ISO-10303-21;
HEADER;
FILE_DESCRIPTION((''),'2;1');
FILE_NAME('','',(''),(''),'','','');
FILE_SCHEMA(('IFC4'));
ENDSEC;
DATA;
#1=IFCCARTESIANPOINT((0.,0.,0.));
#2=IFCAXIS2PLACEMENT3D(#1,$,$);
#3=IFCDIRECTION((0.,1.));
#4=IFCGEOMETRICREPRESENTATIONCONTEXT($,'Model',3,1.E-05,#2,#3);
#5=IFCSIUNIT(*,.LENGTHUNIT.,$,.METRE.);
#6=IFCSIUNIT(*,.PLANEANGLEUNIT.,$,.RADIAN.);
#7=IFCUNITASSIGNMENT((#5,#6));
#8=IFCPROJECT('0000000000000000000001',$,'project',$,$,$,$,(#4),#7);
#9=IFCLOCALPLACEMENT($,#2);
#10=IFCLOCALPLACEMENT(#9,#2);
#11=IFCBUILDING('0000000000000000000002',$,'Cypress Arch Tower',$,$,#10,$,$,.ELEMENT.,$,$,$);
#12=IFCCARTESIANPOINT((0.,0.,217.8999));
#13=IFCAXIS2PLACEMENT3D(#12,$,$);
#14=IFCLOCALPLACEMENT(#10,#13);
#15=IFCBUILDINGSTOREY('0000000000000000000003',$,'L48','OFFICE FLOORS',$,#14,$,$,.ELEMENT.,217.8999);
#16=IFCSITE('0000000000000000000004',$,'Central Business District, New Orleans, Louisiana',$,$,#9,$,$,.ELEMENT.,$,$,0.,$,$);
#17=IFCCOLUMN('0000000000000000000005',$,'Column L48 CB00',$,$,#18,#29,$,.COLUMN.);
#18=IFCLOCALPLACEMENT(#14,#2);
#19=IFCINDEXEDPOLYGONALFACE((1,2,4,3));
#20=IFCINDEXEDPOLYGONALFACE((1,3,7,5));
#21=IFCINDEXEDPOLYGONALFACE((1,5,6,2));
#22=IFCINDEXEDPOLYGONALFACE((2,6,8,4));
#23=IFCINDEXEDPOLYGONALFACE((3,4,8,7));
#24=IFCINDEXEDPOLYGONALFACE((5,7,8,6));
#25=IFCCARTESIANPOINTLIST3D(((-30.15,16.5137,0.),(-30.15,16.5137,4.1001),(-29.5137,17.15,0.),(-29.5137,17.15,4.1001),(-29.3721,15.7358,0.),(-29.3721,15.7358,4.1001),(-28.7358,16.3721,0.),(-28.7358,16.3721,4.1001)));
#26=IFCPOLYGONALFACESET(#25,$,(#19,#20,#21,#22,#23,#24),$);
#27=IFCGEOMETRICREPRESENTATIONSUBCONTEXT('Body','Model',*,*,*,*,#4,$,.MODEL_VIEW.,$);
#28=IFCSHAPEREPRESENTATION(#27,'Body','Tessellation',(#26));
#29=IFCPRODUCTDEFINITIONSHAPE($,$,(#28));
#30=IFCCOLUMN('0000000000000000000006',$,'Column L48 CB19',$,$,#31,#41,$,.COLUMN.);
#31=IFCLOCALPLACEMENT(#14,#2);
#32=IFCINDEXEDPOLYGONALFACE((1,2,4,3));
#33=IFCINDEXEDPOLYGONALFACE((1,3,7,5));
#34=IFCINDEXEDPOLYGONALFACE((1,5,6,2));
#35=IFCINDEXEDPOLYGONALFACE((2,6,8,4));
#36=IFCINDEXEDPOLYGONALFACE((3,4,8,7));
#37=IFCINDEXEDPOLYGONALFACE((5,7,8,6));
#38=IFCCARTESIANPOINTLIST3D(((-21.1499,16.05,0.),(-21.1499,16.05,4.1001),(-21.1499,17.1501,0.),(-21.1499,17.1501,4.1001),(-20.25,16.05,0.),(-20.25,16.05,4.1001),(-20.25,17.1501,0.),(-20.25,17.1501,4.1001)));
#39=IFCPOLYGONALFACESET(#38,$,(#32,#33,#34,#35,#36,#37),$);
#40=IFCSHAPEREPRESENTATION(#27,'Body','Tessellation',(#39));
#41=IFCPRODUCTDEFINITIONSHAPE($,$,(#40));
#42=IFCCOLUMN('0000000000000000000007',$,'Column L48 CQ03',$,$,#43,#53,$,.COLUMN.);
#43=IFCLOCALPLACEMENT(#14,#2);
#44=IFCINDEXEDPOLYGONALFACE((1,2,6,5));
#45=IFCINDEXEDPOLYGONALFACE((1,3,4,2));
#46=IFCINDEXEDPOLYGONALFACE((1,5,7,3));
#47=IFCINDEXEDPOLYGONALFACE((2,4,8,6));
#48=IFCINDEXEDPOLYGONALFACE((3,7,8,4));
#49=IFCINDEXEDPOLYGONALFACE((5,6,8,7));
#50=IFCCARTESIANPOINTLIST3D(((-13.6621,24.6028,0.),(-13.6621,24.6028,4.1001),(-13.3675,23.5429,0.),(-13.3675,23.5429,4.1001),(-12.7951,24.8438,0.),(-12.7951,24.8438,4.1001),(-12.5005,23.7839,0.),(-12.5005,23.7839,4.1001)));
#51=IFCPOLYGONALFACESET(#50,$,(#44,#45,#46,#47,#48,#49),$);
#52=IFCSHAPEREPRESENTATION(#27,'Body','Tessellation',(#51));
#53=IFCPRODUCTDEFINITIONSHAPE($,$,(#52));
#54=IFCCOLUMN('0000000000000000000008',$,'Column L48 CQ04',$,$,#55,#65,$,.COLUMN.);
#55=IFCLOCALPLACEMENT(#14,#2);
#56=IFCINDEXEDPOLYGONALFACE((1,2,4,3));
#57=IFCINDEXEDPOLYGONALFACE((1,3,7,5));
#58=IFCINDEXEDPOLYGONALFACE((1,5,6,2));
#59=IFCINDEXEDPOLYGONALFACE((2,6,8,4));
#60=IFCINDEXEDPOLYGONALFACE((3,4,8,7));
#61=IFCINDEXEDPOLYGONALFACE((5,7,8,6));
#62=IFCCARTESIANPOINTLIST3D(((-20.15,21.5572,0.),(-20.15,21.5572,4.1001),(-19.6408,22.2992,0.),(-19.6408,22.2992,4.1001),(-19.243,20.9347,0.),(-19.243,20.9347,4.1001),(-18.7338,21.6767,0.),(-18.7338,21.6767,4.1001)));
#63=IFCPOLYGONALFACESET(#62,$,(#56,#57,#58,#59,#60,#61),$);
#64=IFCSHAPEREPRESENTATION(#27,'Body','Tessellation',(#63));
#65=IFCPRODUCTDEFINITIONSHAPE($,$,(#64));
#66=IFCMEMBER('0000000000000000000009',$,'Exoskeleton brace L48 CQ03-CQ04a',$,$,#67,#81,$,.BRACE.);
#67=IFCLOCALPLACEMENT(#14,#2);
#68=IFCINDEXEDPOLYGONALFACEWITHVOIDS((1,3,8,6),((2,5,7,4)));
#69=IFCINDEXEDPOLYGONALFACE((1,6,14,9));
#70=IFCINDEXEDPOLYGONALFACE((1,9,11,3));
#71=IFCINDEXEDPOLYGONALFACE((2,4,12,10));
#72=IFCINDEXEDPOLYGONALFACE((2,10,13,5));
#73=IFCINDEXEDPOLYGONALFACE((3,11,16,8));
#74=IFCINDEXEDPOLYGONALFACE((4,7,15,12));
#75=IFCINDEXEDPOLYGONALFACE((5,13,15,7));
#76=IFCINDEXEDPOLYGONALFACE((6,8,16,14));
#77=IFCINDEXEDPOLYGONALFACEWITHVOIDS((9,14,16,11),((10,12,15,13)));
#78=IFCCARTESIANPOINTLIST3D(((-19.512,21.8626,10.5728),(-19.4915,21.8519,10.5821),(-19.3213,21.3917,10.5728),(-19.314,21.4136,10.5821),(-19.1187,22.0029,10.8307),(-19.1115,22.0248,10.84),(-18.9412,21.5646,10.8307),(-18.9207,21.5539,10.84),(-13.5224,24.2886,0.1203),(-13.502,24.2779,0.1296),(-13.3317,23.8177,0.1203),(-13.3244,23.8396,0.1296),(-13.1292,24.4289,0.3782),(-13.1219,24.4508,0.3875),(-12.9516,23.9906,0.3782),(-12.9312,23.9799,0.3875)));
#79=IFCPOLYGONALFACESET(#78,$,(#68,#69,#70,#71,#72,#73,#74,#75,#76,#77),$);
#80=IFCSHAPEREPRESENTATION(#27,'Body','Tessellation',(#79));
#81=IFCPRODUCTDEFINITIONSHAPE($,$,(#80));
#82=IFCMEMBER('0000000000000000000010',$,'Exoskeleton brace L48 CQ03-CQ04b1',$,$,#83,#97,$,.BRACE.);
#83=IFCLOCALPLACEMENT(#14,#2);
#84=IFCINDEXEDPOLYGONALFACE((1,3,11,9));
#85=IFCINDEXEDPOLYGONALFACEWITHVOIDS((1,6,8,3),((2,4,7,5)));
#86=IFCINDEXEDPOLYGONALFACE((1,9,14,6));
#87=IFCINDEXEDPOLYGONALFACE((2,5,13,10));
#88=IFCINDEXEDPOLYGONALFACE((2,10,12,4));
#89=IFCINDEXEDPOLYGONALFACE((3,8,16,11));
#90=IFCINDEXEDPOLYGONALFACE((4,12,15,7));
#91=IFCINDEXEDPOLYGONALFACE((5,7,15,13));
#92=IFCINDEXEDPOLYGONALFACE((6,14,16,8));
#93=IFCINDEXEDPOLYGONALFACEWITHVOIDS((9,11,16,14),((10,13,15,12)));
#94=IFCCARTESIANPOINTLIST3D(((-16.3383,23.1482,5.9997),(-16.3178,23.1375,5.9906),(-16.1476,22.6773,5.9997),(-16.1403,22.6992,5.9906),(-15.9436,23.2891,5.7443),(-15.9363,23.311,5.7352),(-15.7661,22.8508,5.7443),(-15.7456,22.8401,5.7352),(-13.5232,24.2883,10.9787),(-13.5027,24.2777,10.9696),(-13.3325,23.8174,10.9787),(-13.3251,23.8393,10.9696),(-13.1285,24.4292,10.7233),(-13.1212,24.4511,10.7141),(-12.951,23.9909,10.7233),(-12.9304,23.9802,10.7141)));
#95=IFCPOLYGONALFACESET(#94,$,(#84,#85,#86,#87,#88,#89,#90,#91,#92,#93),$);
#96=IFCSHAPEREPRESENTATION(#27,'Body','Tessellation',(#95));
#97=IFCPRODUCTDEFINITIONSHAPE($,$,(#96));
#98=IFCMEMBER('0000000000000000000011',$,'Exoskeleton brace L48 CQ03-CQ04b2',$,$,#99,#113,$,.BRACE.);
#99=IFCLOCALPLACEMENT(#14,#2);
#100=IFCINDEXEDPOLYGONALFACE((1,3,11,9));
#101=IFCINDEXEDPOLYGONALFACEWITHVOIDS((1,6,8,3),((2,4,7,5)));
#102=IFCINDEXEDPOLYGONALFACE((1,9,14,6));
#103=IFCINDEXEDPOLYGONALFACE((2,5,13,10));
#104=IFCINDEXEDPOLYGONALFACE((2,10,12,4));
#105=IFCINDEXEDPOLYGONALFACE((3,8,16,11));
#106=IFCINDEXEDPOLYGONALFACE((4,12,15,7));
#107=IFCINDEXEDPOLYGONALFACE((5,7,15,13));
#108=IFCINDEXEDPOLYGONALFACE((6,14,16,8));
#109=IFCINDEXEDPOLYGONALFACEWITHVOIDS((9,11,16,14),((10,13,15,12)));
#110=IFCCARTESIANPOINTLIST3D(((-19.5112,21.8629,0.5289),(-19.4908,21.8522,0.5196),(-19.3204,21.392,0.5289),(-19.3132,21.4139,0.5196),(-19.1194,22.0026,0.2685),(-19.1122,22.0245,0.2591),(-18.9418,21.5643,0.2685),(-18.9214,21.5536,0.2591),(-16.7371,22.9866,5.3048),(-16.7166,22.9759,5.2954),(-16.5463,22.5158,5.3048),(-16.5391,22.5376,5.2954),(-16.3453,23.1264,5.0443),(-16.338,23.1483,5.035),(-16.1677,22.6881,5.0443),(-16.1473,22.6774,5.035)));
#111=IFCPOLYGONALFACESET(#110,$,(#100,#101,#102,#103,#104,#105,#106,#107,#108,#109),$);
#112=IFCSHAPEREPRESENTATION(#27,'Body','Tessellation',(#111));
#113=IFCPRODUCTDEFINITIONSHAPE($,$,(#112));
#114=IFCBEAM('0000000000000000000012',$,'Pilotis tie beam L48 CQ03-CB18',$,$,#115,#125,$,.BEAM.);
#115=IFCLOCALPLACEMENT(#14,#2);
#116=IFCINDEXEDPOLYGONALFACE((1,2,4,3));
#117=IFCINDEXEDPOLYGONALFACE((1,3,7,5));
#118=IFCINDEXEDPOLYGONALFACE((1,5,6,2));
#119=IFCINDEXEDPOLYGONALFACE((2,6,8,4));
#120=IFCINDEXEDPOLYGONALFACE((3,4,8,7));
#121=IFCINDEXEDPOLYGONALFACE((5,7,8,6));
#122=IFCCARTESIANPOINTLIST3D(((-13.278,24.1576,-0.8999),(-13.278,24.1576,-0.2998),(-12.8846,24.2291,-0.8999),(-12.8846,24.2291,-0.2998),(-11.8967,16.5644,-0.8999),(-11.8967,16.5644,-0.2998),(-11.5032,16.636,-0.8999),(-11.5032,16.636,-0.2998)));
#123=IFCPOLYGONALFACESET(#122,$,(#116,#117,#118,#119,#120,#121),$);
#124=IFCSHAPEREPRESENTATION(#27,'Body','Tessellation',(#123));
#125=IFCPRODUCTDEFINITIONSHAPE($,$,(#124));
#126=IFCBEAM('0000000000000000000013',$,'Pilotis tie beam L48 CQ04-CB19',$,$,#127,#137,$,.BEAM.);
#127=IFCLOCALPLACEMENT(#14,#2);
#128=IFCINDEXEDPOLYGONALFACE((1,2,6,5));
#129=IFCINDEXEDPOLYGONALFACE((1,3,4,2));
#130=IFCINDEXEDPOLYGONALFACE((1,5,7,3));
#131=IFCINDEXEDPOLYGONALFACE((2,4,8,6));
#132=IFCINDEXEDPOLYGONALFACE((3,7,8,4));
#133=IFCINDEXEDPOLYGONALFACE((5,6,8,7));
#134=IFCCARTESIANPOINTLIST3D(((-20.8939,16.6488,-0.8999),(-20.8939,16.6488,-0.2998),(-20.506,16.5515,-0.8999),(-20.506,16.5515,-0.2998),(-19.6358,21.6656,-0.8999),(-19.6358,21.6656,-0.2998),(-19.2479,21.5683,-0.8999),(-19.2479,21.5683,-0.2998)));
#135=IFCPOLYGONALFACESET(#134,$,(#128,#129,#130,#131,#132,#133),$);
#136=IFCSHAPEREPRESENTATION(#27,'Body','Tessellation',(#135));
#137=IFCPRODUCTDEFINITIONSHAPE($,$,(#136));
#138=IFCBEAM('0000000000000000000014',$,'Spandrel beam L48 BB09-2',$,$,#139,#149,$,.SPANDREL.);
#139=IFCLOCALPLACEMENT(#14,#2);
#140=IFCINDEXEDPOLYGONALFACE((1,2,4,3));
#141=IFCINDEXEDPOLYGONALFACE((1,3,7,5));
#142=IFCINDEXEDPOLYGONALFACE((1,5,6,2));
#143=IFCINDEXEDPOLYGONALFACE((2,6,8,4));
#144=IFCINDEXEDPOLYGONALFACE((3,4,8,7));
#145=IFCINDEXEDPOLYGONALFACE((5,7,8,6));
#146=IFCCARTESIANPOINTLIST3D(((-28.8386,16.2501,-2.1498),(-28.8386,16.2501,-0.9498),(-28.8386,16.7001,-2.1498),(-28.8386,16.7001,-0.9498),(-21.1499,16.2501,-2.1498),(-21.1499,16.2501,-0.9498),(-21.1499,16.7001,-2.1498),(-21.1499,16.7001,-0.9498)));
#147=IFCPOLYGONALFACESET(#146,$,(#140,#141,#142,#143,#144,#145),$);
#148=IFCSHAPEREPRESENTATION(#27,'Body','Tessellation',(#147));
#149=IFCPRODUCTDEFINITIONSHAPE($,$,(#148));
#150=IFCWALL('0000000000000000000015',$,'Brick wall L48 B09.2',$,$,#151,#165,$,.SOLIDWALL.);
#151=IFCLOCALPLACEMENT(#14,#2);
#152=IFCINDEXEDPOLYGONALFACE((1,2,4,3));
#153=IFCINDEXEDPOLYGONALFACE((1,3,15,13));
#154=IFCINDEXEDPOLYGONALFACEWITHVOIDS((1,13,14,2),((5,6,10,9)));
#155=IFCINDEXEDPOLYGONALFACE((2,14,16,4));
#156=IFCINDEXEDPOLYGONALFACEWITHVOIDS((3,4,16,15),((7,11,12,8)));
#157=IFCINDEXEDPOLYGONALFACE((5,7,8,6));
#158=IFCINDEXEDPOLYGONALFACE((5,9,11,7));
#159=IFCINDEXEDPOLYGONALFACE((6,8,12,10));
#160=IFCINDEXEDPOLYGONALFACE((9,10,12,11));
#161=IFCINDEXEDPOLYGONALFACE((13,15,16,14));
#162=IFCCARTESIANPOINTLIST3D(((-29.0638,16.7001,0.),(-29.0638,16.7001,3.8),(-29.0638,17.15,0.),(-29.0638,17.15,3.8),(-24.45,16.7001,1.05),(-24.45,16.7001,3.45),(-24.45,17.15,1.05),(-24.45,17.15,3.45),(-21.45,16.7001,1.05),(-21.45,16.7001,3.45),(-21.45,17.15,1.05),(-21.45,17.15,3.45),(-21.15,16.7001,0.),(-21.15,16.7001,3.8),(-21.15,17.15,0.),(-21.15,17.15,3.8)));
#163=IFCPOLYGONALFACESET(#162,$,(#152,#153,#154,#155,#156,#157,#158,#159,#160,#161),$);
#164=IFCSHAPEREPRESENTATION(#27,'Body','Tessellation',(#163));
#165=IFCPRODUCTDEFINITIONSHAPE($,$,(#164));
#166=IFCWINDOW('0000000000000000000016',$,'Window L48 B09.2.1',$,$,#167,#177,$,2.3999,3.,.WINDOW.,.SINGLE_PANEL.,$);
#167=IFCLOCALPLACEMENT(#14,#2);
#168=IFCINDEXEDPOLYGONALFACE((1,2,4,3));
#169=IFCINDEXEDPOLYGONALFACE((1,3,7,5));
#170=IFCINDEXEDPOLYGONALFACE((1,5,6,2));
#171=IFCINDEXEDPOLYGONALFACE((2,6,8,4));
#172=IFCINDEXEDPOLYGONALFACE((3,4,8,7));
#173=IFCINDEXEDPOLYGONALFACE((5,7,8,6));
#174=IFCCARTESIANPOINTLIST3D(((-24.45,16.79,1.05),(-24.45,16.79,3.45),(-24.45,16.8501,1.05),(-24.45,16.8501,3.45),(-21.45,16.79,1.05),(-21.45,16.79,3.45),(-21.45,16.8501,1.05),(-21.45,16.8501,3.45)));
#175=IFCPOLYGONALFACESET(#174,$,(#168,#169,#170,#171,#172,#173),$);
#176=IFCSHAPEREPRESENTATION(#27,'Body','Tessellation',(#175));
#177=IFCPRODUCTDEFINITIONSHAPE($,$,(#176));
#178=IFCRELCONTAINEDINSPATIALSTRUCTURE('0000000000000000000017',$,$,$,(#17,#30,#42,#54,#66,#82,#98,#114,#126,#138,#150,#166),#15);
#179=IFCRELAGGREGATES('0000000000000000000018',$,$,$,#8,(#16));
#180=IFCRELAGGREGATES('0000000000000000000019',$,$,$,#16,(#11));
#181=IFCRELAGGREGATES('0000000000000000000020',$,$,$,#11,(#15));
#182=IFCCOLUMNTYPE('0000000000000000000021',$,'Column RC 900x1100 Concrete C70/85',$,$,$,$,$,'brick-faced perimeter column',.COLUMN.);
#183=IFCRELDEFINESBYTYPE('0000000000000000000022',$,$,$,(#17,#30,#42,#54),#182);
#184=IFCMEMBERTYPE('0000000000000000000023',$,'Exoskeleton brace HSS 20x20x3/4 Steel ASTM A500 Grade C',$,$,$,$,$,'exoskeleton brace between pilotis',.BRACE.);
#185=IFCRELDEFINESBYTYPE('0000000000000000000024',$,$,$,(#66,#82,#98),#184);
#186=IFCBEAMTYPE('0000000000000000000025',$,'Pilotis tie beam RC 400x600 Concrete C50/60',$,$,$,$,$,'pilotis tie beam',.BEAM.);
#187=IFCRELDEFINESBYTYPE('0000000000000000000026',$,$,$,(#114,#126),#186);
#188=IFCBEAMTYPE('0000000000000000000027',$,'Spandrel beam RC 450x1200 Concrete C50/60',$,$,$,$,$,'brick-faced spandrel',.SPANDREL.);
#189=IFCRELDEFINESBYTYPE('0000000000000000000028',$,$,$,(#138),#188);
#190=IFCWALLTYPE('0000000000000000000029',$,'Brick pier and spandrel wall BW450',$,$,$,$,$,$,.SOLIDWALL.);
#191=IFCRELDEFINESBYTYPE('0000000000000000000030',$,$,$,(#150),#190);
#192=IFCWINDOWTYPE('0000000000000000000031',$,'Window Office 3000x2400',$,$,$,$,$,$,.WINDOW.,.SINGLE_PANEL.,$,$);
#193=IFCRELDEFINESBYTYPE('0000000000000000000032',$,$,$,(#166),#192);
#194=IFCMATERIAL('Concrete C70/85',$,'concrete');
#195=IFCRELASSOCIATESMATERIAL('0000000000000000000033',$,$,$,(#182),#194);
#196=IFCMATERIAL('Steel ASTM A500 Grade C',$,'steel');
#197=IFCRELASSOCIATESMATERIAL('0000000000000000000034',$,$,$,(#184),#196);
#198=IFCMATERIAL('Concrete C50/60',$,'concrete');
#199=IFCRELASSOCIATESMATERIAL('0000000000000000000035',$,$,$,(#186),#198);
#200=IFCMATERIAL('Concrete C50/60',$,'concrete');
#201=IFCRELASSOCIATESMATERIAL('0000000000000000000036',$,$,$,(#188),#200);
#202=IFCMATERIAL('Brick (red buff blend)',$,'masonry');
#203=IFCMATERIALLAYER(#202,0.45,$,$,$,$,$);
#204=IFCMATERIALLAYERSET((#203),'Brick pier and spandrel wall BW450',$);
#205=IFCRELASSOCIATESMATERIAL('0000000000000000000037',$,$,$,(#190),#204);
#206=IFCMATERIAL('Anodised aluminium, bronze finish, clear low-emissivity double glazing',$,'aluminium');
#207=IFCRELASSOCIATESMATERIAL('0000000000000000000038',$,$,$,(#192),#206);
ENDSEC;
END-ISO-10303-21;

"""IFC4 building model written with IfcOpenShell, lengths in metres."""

from ifc_helpers import new_model, si_unit, direction, frame, frame_2d, origin, origin_2d, place, context, subcontext, project, spatial, rectangle, hollow_rectangle, extrude, material, layer, layer_set, material_profile, profile_set, type_object, element, fill, save


model = new_model("IFC4")

# Units and contexts
model_context = context("Model", 3, precision=1e-05, world=origin(), true_north=direction((0.0, 1.0)))
body_context = subcontext(model_context, "Body", "Model", "MODEL_VIEW")
ifc_project = project(units=[si_unit("LENGTHUNIT", "METRE"), si_unit("PLANEANGLEUNIT", "RADIAN")], contexts=[model_context])

# Site, building, storey
site_placement = place(None, origin())
site = spatial("IfcSite", under=ifc_project, at=site_placement, Name="Central Business District, New Orleans, Louisiana", CompositionType="ELEMENT", RefElevation=0.0)
building_placement = place(site_placement, origin())
building = spatial("IfcBuilding", under=site, at=building_placement, Name="Cypress Arch Tower", CompositionType="ELEMENT")
storey_placement = place(building_placement, frame((0.0, 0.0, 217.8999)))
storey = spatial("IfcBuildingStorey", under=building, at=storey_placement, Name="L48", Description="OFFICE FLOORS", CompositionType="ELEMENT", Elevation=217.8999)

# Columns
ifc_material_1 = material(Name="Concrete C70/85", Category="concrete")
ifc_material_profile_1 = material_profile(ifc_material_1, rectangle(XDim=0.8999, YDim=1.1001, at=origin_2d()), Name="RC 900x1100")
ifc_profile_set_1 = profile_set([ifc_material_profile_1], Name="Concrete C70/85")
column_type = type_object("IfcColumnType", Name="Column RC 900x1100 Concrete C70/85", ElementType="brick-faced perimeter column", PredefinedType="COLUMN", material=ifc_profile_set_1)
for number, where, z_axis, x_axis, name in (
    (1, (-29.4429, 16.4429, 0.0), (0.0, 0.0, 1.0), (-0.707107, -0.707107, 0.0), "Column L48 CB00"),
    (2, (-20.7, 16.6001, 0.0), (0.0, 0.0, 1.0), (-1.0, 0.0, 0.0), "Column L48 CB19"),
    (3, (-13.0813, 24.1934, 0.0), (0.0, 0.0, 1.0), (-0.963456, -0.267868, 0.0), "Column L48 CQ03"),
    (4, (-19.4419, 21.6169, 0.0), (0.0, 0.0, 1.0), (-0.565893, -0.824479, 0.0), "Column L48 CQ04"),
):
    element("IfcColumn", number, at=place(storey_placement, frame(where, z_axis=z_axis, x_axis=x_axis)), inside=storey, type_object=column_type, Name=name, PredefinedType="COLUMN", context=body_context, shape_type="SweptSolid", body=[
        extrude(rectangle(XDim=0.8999, YDim=1.1001, at=origin_2d()), origin(), (0.0, 0.0, 1.0), 4.1001),
    ])

# Members
ifc_material_2 = material(Name="Steel ASTM A500 Grade C", Category="steel")
ifc_material_profile_2 = material_profile(ifc_material_2, hollow_rectangle(XDim=0.5081, YDim=0.5081, WallThickness=0.0176, at=origin_2d()), Name="HSS 20x20x3/4")
ifc_profile_set_2 = profile_set([ifc_material_profile_2], Name="Steel ASTM A500 Grade C")
member_type = type_object("IfcMemberType", Name="Exoskeleton brace HSS 20x20x3/4 Steel ASTM A500 Grade C", ElementType="exoskeleton brace between pilotis", PredefinedType="BRACE", material=ifc_profile_set_2)
member_1_placement = place(storey_placement, frame((-13.2268, 24.1343, 0.2539), z_axis=(-0.487399, -0.197419, 0.850569), x_axis=(0.375419, -0.926855, 0.0)))
element("IfcMember", 5, at=member_1_placement, inside=storey, type_object=member_type, Name="Exoskeleton brace L48 CQ03-CQ04a", PredefinedType="BRACE", context=body_context, shape_type="SweptSolid", body=[
    extrude(hollow_rectangle(XDim=0.5081, YDim=0.5081, WallThickness=0.0176, at=origin_2d()), origin(), (0.0, 0.0, 1.0), 12.2888),
])
member_2_placement = place(storey_placement, frame((-13.2268, 24.1343, 10.8464), z_axis=(-0.482689, -0.195487, -0.853696), x_axis=(0.375379, -0.926872, 0.0)))
element("IfcMember", 6, at=member_2_placement, inside=storey, type_object=member_type, Name="Exoskeleton brace L48 CQ03-CQ04b1", PredefinedType="BRACE", context=body_context, shape_type="SweptSolid", body=[
    extrude(hollow_rectangle(XDim=0.5081, YDim=0.5081, WallThickness=0.0176, at=origin_2d()), origin(), (0.0, 0.0, 1.0), 5.8323),
])
member_3_placement = place(storey_placement, frame((-19.2163, 21.7083, 0.394), z_axis=(0.492197, 0.199382, 0.847342), x_axis=(-0.375451, 0.926842, 0.0)))
element("IfcMember", 7, at=member_3_placement, inside=storey, type_object=member_type, Name="Exoskeleton brace L48 CQ03-CQ04b2", PredefinedType="BRACE", context=body_context, shape_type="SweptSolid", body=[
    extrude(hollow_rectangle(XDim=0.5081, YDim=0.5081, WallThickness=0.0176, at=origin_2d()), origin(), (0.0, 0.0, 1.0), 5.6362),
])

# Beams
ifc_material_3 = material(Name="Concrete C50/60", Category="concrete")
ifc_material_profile_3 = material_profile(ifc_material_3, rectangle(XDim=0.3999, YDim=0.6001, at=origin_2d()), Name="RC 400x600")
ifc_profile_set_3 = profile_set([ifc_material_profile_3], Name="Concrete C50/60")
beam_type_1 = type_object("IfcBeamType", Name="Pilotis tie beam RC 400x600 Concrete C50/60", ElementType="pilotis tie beam", PredefinedType="BEAM", material=ifc_profile_set_3)
beam_1_placement = place(storey_placement, frame((-13.0813, 24.1934, -0.5999), z_axis=(0.17898, -0.983853, 0.0), x_axis=(0.983853, 0.17898, 0.0)))
element("IfcBeam", 8, at=beam_1_placement, inside=storey, type_object=beam_type_1, Name="Pilotis tie beam L48 CQ03-CB18", PredefinedType="BEAM", context=body_context, shape_type="SweptSolid", body=[
    extrude(rectangle(XDim=0.3999, YDim=0.6001, at=origin_2d()), origin(), (0.0, 0.0, 1.0), 7.7178),
])
beam_2_placement = place(storey_placement, frame((-19.4419, 21.6169, -0.5999), z_axis=(-0.243235, -0.969967, 0.0), x_axis=(0.969967, -0.243235, 0.0)))
element("IfcBeam", 9, at=beam_2_placement, inside=storey, type_object=beam_type_1, Name="Pilotis tie beam L48 CQ04-CB19", PredefinedType="BEAM", context=body_context, shape_type="SweptSolid", body=[
    extrude(rectangle(XDim=0.3999, YDim=0.6001, at=origin_2d()), origin(), (0.0, 0.0, 1.0), 5.1721),
])
ifc_material_4 = material(Name="Concrete C50/60", Category="concrete")
ifc_material_profile_4 = material_profile(ifc_material_4, rectangle(XDim=0.45, YDim=1.2, at=origin_2d()), Name="RC 450x1200")
ifc_profile_set_4 = profile_set([ifc_material_profile_4], Name="Concrete C50/60")
beam_type_2 = type_object("IfcBeamType", Name="Spandrel beam RC 450x1200 Concrete C50/60", ElementType="brick-faced spandrel", PredefinedType="SPANDREL", material=ifc_profile_set_4)
beam_3_placement = place(storey_placement, frame((-21.1499, 16.4751, -1.5498), z_axis=(-1.0, 0.0, 0.0), x_axis=(0.0, -1.0, 0.0)))
element("IfcBeam", 10, at=beam_3_placement, inside=storey, type_object=beam_type_2, Name="Spandrel beam L48 BB09-2", PredefinedType="SPANDREL", context=body_context, shape_type="SweptSolid", body=[
    extrude(rectangle(XDim=0.45, YDim=1.2, at=origin_2d()), origin(), (0.0, 0.0, 1.0), 7.6887),
])

# Wall, opening, window
ifc_material_5 = material(Name="Brick (red buff blend)", Category="masonry")
ifc_layer_1 = layer(ifc_material_5, 0.45)
ifc_layer_set_1 = layer_set([ifc_layer_1], Name="Brick pier and spandrel wall BW450")
wall_type_1 = type_object("IfcWallType", Name="Brick pier and spandrel wall BW450", PredefinedType="SOLIDWALL", material=ifc_layer_set_1)
wall_1_placement = place(storey_placement, frame((-21.1499, 16.925, 0.0), z_axis=(0.0, 0.0, 1.0), x_axis=(-1.0, 0.0, 0.0)))
wall_1 = element("IfcWall", 11, at=wall_1_placement, inside=storey, type_object=wall_type_1, Name="Brick wall L48 B09.2", PredefinedType="SOLIDWALL", context=body_context, shape_type="SweptSolid", body=[
    extrude(rectangle(XDim=7.9138, YDim=0.45, at=frame_2d((3.957, 0.0))), origin(), (0.0, 0.0, 1.0), 3.8),
])
opening_placement = place(wall_1_placement, frame((0.3, 0.0, 1.05)))
opening = element("IfcOpeningElement", 12, at=opening_placement, cuts=wall_1, PredefinedType="OPENING", context=body_context, shape_type="SweptSolid", body=[
    extrude(rectangle(XDim=3.0, YDim=2.3999, at=frame_2d((1.5, 1.2))), frame((0.0, 0.2349, 0.0), z_axis=(0.0, -1.0, 0.0), x_axis=(1.0, 0.0, 0.0)), (0.0, 0.0, 1.0), 0.47),
])
ifc_material_6 = material(Name="Anodised aluminium, bronze finish, clear low-emissivity double glazing", Category="aluminium")
window_type = type_object("IfcWindowType", Name="Window Office 3000x2400", PartitioningType="SINGLE_PANEL", PredefinedType="WINDOW", material=ifc_material_6)
window_placement = place(opening_placement, origin())
window = element("IfcWindow", 13, at=window_placement, inside=storey, type_object=window_type, Name="Window L48 B09.2.1", OverallHeight=2.3999, OverallWidth=3.0, PartitioningType="SINGLE_PANEL", PredefinedType="WINDOW", context=body_context, shape_type="SweptSolid", body=[
    extrude(rectangle(XDim=3.0, YDim=2.3999, at=frame_2d((1.5, 1.2))), frame((0.0, 0.135, 0.0), z_axis=(0.0, -1.0, 0.0), x_axis=(1.0, 0.0, 0.0)), (0.0, 0.0, 1.0), 0.0601),
])
fill(opening, window)

save(model, "model.ifc")
